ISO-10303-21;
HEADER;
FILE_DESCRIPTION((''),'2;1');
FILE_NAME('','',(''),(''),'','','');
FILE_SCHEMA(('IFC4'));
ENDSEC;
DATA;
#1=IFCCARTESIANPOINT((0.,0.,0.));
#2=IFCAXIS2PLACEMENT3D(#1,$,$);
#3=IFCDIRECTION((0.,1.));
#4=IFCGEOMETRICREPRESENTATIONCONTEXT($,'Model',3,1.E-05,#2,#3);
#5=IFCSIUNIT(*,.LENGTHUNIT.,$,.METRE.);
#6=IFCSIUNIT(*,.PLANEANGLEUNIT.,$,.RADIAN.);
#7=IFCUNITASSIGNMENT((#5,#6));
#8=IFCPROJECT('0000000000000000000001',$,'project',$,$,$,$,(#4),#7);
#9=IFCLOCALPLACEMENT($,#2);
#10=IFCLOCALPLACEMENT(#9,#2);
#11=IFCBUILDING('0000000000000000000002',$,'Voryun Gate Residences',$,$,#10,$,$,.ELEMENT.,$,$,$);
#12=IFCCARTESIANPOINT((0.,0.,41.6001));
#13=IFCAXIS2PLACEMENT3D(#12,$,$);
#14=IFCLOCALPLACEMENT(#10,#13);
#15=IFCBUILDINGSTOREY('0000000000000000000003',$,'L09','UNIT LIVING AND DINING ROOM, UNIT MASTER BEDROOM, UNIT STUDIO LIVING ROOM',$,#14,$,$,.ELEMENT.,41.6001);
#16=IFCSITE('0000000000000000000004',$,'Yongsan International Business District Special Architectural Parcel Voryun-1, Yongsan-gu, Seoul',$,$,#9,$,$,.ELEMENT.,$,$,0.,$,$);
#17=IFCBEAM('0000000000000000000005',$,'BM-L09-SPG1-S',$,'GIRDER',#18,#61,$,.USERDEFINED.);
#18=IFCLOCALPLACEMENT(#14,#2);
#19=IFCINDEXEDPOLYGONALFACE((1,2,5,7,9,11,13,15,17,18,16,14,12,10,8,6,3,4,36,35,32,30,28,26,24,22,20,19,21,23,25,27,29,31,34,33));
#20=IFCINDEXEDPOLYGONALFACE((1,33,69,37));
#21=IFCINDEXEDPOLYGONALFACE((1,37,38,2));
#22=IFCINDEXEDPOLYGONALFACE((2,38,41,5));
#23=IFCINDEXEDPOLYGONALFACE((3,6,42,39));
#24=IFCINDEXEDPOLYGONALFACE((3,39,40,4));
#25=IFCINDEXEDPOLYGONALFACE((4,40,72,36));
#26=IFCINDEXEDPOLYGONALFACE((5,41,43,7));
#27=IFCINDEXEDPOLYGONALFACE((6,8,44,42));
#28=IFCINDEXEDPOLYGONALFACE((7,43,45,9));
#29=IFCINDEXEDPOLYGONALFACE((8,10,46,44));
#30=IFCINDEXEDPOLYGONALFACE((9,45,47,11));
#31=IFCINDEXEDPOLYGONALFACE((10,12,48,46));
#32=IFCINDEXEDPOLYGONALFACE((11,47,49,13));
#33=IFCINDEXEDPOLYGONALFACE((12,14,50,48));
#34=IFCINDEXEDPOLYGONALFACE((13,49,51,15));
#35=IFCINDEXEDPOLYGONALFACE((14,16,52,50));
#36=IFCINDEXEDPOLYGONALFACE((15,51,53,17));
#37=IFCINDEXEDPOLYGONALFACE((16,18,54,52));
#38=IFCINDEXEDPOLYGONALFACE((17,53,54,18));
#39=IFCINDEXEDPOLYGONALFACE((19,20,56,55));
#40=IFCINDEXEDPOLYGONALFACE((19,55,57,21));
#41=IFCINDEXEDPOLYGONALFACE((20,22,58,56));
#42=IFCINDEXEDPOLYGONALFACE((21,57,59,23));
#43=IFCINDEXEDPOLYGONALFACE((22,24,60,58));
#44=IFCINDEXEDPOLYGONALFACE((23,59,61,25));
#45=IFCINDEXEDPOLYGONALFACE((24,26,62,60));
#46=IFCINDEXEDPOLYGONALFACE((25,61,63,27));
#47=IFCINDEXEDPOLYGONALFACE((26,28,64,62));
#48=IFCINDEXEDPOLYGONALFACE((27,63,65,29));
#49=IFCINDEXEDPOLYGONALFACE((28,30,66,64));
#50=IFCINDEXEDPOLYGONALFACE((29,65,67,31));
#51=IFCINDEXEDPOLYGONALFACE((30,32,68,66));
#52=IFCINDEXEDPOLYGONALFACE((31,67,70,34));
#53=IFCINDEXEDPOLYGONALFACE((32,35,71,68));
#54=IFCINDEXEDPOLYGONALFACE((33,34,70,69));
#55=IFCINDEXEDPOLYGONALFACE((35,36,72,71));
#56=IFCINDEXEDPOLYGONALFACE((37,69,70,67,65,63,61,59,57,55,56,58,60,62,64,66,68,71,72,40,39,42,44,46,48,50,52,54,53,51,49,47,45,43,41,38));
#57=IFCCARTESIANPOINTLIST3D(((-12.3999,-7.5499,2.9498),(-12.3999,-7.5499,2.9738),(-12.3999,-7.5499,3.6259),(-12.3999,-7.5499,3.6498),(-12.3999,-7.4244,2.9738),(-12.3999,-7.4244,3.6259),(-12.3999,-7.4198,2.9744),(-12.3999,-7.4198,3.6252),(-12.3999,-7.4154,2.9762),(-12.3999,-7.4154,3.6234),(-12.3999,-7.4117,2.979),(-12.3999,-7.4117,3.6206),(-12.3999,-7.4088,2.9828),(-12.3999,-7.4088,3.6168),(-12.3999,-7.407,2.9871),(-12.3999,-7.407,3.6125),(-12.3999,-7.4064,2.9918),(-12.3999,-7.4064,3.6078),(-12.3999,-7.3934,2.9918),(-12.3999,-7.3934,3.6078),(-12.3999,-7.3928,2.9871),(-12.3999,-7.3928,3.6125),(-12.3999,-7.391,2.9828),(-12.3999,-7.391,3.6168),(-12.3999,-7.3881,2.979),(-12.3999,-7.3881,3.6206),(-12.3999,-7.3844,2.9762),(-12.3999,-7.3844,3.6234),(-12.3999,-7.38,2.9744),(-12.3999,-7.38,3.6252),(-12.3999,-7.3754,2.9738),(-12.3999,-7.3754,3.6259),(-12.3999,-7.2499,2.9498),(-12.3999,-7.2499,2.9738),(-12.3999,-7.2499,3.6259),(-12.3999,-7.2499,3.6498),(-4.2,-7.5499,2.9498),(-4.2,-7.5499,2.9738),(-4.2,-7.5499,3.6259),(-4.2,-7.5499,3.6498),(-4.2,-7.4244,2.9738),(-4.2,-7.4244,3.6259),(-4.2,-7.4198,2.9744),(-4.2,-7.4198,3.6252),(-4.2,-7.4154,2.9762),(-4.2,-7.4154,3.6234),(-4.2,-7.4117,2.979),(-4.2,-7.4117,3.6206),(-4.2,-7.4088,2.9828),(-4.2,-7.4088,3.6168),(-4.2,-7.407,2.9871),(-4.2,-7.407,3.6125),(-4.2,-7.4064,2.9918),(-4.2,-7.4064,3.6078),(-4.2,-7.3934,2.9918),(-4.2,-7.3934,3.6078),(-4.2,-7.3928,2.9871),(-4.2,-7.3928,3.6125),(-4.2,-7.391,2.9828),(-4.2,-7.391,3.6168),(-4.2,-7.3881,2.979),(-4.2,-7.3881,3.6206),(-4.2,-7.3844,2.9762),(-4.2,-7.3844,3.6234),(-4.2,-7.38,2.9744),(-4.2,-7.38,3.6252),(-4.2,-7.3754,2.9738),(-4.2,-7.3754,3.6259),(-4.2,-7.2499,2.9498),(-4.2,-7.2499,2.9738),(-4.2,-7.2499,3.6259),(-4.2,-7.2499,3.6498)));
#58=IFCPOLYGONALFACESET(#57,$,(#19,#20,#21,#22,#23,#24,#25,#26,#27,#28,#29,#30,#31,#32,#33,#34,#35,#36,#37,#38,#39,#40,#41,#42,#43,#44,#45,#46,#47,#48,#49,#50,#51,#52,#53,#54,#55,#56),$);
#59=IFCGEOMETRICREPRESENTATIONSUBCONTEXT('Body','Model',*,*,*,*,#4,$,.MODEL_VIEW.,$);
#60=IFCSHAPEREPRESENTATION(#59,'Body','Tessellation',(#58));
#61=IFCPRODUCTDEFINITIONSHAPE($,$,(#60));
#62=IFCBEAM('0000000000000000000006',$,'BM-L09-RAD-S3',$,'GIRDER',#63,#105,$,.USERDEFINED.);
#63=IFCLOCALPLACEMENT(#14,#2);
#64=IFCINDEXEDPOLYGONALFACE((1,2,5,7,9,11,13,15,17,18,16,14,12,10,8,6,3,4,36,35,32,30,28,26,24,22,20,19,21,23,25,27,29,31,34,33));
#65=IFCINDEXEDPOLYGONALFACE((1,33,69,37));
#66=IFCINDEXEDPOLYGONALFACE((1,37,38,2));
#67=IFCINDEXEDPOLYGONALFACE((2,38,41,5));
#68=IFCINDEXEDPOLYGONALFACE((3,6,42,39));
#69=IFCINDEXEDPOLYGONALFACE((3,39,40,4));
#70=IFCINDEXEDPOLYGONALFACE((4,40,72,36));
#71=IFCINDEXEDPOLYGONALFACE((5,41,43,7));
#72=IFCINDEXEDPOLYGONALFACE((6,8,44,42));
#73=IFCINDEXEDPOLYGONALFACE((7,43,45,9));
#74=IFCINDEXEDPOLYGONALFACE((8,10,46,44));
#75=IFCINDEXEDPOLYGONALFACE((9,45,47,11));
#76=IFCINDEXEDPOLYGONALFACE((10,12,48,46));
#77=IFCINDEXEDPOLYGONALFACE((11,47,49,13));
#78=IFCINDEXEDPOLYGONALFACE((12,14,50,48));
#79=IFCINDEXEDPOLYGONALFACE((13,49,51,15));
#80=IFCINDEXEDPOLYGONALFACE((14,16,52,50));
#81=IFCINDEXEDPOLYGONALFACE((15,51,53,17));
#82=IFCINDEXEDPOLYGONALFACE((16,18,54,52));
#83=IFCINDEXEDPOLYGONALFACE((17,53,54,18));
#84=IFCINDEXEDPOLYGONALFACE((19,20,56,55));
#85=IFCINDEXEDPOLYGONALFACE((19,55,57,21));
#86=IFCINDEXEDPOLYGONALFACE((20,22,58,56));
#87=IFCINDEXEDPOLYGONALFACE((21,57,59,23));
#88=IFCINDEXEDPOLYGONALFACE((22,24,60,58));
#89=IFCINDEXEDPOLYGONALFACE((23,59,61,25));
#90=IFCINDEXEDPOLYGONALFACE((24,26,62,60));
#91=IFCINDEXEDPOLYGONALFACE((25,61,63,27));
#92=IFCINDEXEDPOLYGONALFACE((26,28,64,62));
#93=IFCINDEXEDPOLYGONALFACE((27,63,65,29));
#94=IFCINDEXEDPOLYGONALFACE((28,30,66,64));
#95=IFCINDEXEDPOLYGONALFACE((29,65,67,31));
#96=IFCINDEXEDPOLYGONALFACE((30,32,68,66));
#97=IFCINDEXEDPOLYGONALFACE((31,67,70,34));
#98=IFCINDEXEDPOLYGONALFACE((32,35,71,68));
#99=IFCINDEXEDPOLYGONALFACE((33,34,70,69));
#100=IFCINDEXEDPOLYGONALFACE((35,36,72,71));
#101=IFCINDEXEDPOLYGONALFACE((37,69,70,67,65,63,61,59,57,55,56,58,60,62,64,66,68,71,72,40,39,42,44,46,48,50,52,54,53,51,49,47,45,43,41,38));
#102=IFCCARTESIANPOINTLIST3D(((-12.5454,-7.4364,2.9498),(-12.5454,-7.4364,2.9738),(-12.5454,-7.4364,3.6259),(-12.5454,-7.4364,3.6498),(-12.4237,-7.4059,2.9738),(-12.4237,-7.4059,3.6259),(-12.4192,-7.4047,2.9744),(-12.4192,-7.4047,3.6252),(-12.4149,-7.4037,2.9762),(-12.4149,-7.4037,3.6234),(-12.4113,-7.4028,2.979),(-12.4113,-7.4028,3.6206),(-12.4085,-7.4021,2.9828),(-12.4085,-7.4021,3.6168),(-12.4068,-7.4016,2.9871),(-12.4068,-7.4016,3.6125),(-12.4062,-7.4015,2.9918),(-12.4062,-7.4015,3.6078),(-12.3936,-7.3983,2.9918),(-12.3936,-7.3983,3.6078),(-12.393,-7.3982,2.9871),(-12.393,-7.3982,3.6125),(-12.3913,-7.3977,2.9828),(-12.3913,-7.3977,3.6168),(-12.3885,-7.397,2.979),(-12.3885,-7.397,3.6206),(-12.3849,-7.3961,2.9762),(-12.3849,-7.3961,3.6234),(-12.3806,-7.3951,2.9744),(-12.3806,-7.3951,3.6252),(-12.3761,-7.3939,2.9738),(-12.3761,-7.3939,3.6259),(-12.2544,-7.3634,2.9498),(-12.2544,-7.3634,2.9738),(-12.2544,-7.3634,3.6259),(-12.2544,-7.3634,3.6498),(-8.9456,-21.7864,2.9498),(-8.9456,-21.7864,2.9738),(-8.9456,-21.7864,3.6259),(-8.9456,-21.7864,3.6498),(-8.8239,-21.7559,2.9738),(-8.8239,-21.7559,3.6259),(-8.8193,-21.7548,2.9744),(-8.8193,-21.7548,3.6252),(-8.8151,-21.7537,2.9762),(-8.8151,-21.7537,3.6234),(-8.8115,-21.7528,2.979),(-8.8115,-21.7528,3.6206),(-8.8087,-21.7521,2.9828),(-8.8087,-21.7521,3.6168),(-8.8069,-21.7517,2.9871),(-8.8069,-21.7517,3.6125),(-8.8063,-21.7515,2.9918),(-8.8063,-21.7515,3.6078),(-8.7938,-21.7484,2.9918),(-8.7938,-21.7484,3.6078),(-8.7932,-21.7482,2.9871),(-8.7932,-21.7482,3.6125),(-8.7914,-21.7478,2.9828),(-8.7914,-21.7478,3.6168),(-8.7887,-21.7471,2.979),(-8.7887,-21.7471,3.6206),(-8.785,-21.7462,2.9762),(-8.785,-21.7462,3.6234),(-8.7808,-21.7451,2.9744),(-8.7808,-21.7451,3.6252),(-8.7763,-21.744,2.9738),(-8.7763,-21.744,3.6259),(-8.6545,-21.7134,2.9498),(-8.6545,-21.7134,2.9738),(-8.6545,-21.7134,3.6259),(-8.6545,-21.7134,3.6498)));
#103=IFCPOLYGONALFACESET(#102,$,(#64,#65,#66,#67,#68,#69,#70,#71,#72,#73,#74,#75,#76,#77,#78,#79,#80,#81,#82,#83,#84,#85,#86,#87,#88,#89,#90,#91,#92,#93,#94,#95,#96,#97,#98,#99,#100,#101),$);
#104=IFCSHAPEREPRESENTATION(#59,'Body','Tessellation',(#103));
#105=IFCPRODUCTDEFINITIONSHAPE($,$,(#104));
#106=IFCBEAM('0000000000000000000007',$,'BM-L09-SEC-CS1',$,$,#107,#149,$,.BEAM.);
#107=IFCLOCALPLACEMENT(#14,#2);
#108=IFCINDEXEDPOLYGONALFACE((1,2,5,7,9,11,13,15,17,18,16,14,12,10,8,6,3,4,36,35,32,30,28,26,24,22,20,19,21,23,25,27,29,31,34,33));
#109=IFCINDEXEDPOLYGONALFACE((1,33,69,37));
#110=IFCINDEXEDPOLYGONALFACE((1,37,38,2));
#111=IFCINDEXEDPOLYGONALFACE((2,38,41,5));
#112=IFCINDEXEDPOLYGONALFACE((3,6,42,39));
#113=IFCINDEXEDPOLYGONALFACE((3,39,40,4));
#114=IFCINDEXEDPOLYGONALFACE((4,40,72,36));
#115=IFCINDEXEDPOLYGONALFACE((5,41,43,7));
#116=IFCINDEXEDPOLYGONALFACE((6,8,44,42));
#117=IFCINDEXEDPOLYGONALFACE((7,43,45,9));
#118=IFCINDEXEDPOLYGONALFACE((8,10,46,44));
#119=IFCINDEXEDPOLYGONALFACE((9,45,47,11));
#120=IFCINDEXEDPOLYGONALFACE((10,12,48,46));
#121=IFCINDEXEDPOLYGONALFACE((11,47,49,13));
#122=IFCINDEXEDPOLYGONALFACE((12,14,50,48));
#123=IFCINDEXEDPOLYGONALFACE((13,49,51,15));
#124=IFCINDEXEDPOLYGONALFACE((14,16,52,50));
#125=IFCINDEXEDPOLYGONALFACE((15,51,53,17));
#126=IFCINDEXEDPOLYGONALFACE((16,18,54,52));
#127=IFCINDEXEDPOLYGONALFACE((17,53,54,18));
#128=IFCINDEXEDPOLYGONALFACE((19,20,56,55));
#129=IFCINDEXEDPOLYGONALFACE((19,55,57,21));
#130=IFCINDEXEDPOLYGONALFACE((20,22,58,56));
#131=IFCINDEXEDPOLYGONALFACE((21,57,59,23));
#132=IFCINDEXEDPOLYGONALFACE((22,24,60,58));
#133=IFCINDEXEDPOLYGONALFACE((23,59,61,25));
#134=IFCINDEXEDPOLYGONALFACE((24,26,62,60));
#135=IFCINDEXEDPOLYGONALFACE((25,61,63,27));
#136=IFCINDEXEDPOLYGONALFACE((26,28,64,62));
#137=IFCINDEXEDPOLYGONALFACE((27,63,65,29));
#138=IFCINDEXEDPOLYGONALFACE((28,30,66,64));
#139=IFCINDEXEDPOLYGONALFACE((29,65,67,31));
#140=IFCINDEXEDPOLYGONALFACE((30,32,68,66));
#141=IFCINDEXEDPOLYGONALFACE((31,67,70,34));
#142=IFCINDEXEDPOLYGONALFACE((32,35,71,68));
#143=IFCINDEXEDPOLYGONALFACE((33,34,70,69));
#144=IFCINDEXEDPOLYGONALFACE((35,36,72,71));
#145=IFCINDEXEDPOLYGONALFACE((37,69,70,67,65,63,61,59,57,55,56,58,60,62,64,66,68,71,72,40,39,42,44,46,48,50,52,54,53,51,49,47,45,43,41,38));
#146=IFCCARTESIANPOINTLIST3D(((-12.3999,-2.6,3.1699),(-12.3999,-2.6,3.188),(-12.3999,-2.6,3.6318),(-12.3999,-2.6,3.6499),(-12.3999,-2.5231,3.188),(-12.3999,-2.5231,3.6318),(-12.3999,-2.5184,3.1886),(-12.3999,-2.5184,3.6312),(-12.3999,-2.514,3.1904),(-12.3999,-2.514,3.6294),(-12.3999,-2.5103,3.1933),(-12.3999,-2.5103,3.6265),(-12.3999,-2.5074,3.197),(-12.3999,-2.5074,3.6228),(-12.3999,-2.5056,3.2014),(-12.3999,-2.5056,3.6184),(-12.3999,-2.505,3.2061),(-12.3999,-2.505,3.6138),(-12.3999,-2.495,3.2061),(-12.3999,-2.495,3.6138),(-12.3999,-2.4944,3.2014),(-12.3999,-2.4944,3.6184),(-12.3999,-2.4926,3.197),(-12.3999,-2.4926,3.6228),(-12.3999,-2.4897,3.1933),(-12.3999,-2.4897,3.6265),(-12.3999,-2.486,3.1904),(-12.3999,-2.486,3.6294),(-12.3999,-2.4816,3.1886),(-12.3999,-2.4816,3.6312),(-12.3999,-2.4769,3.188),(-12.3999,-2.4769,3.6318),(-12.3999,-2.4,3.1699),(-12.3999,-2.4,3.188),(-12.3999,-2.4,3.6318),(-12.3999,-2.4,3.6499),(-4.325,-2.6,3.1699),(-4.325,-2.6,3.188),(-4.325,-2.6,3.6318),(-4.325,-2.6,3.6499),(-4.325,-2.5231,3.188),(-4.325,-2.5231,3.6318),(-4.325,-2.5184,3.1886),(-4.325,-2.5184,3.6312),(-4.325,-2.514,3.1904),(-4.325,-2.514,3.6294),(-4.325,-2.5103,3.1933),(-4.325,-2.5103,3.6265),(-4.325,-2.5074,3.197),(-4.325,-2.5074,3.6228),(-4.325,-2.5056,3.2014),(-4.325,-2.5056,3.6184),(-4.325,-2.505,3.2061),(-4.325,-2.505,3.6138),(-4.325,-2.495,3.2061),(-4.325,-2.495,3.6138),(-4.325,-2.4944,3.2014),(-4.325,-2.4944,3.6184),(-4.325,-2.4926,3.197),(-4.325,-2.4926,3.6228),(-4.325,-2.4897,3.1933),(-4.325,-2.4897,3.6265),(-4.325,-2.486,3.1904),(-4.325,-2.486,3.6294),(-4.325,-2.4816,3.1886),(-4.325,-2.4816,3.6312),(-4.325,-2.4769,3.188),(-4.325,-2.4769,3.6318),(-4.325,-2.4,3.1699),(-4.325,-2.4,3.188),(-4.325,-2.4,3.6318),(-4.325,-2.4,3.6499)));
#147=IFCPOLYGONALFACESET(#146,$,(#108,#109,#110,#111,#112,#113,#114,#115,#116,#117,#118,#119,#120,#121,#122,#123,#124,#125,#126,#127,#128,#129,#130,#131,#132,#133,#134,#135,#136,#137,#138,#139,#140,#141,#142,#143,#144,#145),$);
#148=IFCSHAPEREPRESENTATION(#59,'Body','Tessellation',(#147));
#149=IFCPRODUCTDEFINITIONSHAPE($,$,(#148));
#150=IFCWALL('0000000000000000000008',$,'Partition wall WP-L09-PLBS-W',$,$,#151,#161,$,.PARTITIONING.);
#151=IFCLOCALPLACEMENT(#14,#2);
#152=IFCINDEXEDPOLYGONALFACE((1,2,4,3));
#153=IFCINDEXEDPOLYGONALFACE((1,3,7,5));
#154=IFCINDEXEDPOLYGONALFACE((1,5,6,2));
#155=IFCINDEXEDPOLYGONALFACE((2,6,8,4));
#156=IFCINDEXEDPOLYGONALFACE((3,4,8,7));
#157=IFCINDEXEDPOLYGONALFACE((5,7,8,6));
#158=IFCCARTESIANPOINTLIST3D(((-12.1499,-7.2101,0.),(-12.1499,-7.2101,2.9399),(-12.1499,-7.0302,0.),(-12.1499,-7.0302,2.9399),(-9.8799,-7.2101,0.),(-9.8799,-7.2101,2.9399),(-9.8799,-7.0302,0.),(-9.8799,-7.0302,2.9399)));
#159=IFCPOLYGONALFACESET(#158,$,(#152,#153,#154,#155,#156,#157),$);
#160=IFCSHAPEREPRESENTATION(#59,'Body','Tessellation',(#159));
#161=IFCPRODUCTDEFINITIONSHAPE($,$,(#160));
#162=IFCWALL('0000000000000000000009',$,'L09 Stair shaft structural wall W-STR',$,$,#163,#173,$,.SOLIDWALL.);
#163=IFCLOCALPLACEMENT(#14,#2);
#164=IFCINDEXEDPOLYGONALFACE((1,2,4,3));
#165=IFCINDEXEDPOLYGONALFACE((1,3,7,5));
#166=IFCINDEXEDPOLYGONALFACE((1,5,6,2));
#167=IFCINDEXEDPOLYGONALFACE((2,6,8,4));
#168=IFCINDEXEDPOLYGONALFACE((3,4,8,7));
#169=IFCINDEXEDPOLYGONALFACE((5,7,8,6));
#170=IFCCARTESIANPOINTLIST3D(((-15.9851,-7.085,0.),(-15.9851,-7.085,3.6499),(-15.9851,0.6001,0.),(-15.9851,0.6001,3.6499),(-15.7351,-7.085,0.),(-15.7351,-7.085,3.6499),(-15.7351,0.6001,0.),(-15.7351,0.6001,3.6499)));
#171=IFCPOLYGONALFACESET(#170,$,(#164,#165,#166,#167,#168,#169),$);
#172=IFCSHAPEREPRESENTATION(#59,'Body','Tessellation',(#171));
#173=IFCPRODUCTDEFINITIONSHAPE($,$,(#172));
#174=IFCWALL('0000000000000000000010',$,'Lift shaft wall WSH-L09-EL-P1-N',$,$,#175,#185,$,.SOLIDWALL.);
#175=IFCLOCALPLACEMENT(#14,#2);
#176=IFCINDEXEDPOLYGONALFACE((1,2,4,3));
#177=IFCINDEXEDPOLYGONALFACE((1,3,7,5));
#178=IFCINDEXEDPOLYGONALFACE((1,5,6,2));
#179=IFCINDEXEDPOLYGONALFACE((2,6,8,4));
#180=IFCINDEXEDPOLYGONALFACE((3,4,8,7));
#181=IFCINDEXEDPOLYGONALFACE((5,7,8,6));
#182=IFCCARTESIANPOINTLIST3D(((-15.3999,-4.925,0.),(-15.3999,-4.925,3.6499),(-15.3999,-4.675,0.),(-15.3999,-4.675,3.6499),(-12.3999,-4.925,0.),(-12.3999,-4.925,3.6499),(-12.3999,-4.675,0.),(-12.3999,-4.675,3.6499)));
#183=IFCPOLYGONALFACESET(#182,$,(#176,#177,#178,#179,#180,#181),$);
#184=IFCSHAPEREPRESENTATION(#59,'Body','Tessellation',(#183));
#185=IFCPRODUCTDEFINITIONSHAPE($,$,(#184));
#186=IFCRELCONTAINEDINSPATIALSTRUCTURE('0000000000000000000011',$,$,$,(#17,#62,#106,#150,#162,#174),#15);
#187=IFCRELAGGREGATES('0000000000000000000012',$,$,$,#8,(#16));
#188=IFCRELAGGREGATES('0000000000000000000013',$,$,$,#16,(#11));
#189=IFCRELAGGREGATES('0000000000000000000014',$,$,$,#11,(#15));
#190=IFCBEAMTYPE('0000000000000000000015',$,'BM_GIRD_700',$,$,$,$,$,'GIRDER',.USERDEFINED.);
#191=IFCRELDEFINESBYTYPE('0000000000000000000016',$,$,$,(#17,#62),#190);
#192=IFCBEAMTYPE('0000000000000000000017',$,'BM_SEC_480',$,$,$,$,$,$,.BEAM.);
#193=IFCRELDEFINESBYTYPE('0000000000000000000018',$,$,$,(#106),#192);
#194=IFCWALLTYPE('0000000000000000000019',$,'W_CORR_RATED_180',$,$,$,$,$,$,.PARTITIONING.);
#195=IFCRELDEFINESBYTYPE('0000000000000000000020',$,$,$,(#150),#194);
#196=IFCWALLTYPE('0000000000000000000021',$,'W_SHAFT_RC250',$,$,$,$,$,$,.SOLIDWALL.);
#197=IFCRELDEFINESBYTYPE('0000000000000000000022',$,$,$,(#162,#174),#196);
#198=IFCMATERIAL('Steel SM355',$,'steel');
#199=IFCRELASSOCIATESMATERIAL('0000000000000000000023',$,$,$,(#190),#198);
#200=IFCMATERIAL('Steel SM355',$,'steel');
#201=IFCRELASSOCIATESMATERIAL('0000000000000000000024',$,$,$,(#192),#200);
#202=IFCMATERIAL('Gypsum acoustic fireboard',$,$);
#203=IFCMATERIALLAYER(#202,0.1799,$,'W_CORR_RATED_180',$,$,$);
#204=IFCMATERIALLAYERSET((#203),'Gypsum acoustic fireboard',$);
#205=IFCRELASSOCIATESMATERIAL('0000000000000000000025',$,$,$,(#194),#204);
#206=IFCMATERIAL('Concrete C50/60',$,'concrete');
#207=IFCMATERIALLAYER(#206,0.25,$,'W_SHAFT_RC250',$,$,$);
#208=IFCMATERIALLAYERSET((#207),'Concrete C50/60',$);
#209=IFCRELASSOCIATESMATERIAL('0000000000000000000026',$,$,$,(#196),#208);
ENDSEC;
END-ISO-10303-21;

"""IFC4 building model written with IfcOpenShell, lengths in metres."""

from ifc_helpers import new_model, si_unit, direction, frame, frame_2d, origin, origin_2d, place, context, subcontext, project, spatial, rectangle, i_section, extrude, material, layer, layer_set, material_profile, profile_set, type_object, element, save


model = new_model("IFC4")

# Units and contexts
model_context = context("Model", 3, precision=1e-05, world=origin(), true_north=direction((0.0, 1.0)))
body_context = subcontext(model_context, "Body", "Model", "MODEL_VIEW")
ifc_project = project(units=[si_unit("LENGTHUNIT", "METRE"), si_unit("PLANEANGLEUNIT", "RADIAN")], contexts=[model_context])

# Site, building, storey
site_placement = place(None, origin())
site = spatial("IfcSite", under=ifc_project, at=site_placement, Name="Yongsan International Business District Special Architectural Parcel Voryun-1, Yongsan-gu, Seoul", CompositionType="ELEMENT", RefElevation=0.0)
building_placement = place(site_placement, origin())
building = spatial("IfcBuilding", under=site, at=building_placement, Name="Voryun Gate Residences", CompositionType="ELEMENT")
storey_placement = place(building_placement, frame((0.0, 0.0, 41.6001)))
storey = spatial("IfcBuildingStorey", under=building, at=storey_placement, Name="L09", Description="UNIT LIVING AND DINING ROOM, UNIT MASTER BEDROOM, UNIT STUDIO LIVING ROOM", CompositionType="ELEMENT", Elevation=41.6001)

# Beams
ifc_material_1 = material(Name="Steel SM355", Category="steel")
ifc_material_profile_1 = material_profile(ifc_material_1, i_section(OverallWidth=0.3, OverallDepth=0.7, WebThickness=0.0129, FlangeThickness=0.0239, FilletRadius=0.0181, at=origin_2d()), Name="H-700x300x13x24")
ifc_profile_set_1 = profile_set([ifc_material_profile_1], Name="Steel SM355")
beam_type_1 = type_object("IfcBeamType", Name="BM_GIRD_700", ElementType="GIRDER", PredefinedType="USERDEFINED", material=ifc_profile_set_1)
beam_1_placement = place(storey_placement, frame((-12.3999, -7.3999, 3.2998), z_axis=(1.0, 0.0, 0.0), x_axis=(0.0, 1.0, 0.0)))
element("IfcBeam", 1, at=beam_1_placement, inside=storey, type_object=beam_type_1, Name="BM-L09-SPG1-S", ObjectType="GIRDER", PredefinedType="USERDEFINED", context=body_context, shape_type="SweptSolid", body=[
    extrude(i_section(OverallWidth=0.3, OverallDepth=0.7, WebThickness=0.0129, FlangeThickness=0.0239, FilletRadius=0.0181, at=origin_2d()), origin(), (0.0, 0.0, 1.0), 8.2),
])
beam_2_placement = place(storey_placement, frame((-12.3999, -7.3999, 3.2998), z_axis=(0.24332, -0.969946, 0.0), x_axis=(0.969946, 0.24332, 0.0)))
element("IfcBeam", 2, at=beam_2_placement, inside=storey, type_object=beam_type_1, Name="BM-L09-RAD-S3", ObjectType="GIRDER", PredefinedType="USERDEFINED", context=body_context, shape_type="SweptSolid", body=[
    extrude(i_section(OverallWidth=0.3, OverallDepth=0.7, WebThickness=0.0129, FlangeThickness=0.0239, FilletRadius=0.0181, at=origin_2d()), origin(), (0.0, 0.0, 1.0), 14.7947),
])
ifc_material_2 = material(Name="Steel SM355", Category="steel")
ifc_material_profile_2 = material_profile(ifc_material_2, i_section(OverallWidth=0.2, OverallDepth=0.48, WebThickness=0.01, FlangeThickness=0.0181, FilletRadius=0.0181, at=origin_2d()), Name="H-480x200x10x18")
ifc_profile_set_2 = profile_set([ifc_material_profile_2], Name="Steel SM355")
beam_type_2 = type_object("IfcBeamType", Name="BM_SEC_480", PredefinedType="BEAM", material=ifc_profile_set_2)
beam_3_placement = place(storey_placement, frame((-12.3999, -2.5, 3.4099), z_axis=(1.0, 0.0, 0.0), x_axis=(0.0, 1.0, 0.0)))
element("IfcBeam", 3, at=beam_3_placement, inside=storey, type_object=beam_type_2, Name="BM-L09-SEC-CS1", PredefinedType="BEAM", context=body_context, shape_type="SweptSolid", body=[
    extrude(i_section(OverallWidth=0.2, OverallDepth=0.48, WebThickness=0.01, FlangeThickness=0.0181, FilletRadius=0.0181, at=origin_2d()), origin(), (0.0, 0.0, 1.0), 8.075),
])

# Walls
ifc_material_3 = material(Name="Gypsum acoustic fireboard")
ifc_layer_1 = layer(ifc_material_3, 0.1799, Name="W_CORR_RATED_180")
ifc_layer_set_1 = layer_set([ifc_layer_1], Name="Gypsum acoustic fireboard")
wall_type_1 = type_object("IfcWallType", Name="W_CORR_RATED_180", PredefinedType="PARTITIONING", material=ifc_layer_set_1)
wall_1_placement = place(storey_placement, frame((-12.1499, -7.1201, 0.0), z_axis=(0.0, 0.0, 1.0), x_axis=(1.0, 0.0, 0.0)))
element("IfcWall", 4, at=wall_1_placement, inside=storey, type_object=wall_type_1, Name="Partition wall WP-L09-PLBS-W", PredefinedType="PARTITIONING", context=body_context, shape_type="SweptSolid", body=[
    extrude(rectangle(XDim=2.27, YDim=0.1799, at=frame_2d((1.135, 0.0))), origin(), (0.0, 0.0, 1.0), 2.9399),
])
ifc_material_4 = material(Name="Concrete C50/60", Category="concrete")
ifc_layer_2 = layer(ifc_material_4, 0.25, Name="W_SHAFT_RC250")
ifc_layer_set_2 = layer_set([ifc_layer_2], Name="Concrete C50/60")
wall_type_2 = type_object("IfcWallType", Name="W_SHAFT_RC250", PredefinedType="SOLIDWALL", material=ifc_layer_set_2)
wall_2_placement = place(storey_placement, frame((-15.8601, -7.085, 0.0), z_axis=(0.0, 0.0, 1.0), x_axis=(0.0, 1.0, 0.0)))
element("IfcWall", 5, at=wall_2_placement, inside=storey, type_object=wall_type_2, Name="L09 Stair shaft structural wall W-STR", PredefinedType="SOLIDWALL", context=body_context, shape_type="SweptSolid", body=[
    extrude(rectangle(XDim=7.6851, YDim=0.25, at=frame_2d((3.8425, 0.0))), origin(), (0.0, 0.0, 1.0), 3.6499),
])
wall_3_placement = place(storey_placement, frame((-12.3999, -4.8, 0.0), z_axis=(0.0, 0.0, 1.0), x_axis=(-1.0, 0.0, 0.0)))
element("IfcWall", 6, at=wall_3_placement, inside=storey, type_object=wall_type_2, Name="Lift shaft wall WSH-L09-EL-P1-N", PredefinedType="SOLIDWALL", context=body_context, shape_type="SweptSolid", body=[
    extrude(rectangle(XDim=3.0, YDim=0.25, at=frame_2d((1.5, 0.0))), origin(), (0.0, 0.0, 1.0), 3.6499),
])

save(model, "model.ifc")
